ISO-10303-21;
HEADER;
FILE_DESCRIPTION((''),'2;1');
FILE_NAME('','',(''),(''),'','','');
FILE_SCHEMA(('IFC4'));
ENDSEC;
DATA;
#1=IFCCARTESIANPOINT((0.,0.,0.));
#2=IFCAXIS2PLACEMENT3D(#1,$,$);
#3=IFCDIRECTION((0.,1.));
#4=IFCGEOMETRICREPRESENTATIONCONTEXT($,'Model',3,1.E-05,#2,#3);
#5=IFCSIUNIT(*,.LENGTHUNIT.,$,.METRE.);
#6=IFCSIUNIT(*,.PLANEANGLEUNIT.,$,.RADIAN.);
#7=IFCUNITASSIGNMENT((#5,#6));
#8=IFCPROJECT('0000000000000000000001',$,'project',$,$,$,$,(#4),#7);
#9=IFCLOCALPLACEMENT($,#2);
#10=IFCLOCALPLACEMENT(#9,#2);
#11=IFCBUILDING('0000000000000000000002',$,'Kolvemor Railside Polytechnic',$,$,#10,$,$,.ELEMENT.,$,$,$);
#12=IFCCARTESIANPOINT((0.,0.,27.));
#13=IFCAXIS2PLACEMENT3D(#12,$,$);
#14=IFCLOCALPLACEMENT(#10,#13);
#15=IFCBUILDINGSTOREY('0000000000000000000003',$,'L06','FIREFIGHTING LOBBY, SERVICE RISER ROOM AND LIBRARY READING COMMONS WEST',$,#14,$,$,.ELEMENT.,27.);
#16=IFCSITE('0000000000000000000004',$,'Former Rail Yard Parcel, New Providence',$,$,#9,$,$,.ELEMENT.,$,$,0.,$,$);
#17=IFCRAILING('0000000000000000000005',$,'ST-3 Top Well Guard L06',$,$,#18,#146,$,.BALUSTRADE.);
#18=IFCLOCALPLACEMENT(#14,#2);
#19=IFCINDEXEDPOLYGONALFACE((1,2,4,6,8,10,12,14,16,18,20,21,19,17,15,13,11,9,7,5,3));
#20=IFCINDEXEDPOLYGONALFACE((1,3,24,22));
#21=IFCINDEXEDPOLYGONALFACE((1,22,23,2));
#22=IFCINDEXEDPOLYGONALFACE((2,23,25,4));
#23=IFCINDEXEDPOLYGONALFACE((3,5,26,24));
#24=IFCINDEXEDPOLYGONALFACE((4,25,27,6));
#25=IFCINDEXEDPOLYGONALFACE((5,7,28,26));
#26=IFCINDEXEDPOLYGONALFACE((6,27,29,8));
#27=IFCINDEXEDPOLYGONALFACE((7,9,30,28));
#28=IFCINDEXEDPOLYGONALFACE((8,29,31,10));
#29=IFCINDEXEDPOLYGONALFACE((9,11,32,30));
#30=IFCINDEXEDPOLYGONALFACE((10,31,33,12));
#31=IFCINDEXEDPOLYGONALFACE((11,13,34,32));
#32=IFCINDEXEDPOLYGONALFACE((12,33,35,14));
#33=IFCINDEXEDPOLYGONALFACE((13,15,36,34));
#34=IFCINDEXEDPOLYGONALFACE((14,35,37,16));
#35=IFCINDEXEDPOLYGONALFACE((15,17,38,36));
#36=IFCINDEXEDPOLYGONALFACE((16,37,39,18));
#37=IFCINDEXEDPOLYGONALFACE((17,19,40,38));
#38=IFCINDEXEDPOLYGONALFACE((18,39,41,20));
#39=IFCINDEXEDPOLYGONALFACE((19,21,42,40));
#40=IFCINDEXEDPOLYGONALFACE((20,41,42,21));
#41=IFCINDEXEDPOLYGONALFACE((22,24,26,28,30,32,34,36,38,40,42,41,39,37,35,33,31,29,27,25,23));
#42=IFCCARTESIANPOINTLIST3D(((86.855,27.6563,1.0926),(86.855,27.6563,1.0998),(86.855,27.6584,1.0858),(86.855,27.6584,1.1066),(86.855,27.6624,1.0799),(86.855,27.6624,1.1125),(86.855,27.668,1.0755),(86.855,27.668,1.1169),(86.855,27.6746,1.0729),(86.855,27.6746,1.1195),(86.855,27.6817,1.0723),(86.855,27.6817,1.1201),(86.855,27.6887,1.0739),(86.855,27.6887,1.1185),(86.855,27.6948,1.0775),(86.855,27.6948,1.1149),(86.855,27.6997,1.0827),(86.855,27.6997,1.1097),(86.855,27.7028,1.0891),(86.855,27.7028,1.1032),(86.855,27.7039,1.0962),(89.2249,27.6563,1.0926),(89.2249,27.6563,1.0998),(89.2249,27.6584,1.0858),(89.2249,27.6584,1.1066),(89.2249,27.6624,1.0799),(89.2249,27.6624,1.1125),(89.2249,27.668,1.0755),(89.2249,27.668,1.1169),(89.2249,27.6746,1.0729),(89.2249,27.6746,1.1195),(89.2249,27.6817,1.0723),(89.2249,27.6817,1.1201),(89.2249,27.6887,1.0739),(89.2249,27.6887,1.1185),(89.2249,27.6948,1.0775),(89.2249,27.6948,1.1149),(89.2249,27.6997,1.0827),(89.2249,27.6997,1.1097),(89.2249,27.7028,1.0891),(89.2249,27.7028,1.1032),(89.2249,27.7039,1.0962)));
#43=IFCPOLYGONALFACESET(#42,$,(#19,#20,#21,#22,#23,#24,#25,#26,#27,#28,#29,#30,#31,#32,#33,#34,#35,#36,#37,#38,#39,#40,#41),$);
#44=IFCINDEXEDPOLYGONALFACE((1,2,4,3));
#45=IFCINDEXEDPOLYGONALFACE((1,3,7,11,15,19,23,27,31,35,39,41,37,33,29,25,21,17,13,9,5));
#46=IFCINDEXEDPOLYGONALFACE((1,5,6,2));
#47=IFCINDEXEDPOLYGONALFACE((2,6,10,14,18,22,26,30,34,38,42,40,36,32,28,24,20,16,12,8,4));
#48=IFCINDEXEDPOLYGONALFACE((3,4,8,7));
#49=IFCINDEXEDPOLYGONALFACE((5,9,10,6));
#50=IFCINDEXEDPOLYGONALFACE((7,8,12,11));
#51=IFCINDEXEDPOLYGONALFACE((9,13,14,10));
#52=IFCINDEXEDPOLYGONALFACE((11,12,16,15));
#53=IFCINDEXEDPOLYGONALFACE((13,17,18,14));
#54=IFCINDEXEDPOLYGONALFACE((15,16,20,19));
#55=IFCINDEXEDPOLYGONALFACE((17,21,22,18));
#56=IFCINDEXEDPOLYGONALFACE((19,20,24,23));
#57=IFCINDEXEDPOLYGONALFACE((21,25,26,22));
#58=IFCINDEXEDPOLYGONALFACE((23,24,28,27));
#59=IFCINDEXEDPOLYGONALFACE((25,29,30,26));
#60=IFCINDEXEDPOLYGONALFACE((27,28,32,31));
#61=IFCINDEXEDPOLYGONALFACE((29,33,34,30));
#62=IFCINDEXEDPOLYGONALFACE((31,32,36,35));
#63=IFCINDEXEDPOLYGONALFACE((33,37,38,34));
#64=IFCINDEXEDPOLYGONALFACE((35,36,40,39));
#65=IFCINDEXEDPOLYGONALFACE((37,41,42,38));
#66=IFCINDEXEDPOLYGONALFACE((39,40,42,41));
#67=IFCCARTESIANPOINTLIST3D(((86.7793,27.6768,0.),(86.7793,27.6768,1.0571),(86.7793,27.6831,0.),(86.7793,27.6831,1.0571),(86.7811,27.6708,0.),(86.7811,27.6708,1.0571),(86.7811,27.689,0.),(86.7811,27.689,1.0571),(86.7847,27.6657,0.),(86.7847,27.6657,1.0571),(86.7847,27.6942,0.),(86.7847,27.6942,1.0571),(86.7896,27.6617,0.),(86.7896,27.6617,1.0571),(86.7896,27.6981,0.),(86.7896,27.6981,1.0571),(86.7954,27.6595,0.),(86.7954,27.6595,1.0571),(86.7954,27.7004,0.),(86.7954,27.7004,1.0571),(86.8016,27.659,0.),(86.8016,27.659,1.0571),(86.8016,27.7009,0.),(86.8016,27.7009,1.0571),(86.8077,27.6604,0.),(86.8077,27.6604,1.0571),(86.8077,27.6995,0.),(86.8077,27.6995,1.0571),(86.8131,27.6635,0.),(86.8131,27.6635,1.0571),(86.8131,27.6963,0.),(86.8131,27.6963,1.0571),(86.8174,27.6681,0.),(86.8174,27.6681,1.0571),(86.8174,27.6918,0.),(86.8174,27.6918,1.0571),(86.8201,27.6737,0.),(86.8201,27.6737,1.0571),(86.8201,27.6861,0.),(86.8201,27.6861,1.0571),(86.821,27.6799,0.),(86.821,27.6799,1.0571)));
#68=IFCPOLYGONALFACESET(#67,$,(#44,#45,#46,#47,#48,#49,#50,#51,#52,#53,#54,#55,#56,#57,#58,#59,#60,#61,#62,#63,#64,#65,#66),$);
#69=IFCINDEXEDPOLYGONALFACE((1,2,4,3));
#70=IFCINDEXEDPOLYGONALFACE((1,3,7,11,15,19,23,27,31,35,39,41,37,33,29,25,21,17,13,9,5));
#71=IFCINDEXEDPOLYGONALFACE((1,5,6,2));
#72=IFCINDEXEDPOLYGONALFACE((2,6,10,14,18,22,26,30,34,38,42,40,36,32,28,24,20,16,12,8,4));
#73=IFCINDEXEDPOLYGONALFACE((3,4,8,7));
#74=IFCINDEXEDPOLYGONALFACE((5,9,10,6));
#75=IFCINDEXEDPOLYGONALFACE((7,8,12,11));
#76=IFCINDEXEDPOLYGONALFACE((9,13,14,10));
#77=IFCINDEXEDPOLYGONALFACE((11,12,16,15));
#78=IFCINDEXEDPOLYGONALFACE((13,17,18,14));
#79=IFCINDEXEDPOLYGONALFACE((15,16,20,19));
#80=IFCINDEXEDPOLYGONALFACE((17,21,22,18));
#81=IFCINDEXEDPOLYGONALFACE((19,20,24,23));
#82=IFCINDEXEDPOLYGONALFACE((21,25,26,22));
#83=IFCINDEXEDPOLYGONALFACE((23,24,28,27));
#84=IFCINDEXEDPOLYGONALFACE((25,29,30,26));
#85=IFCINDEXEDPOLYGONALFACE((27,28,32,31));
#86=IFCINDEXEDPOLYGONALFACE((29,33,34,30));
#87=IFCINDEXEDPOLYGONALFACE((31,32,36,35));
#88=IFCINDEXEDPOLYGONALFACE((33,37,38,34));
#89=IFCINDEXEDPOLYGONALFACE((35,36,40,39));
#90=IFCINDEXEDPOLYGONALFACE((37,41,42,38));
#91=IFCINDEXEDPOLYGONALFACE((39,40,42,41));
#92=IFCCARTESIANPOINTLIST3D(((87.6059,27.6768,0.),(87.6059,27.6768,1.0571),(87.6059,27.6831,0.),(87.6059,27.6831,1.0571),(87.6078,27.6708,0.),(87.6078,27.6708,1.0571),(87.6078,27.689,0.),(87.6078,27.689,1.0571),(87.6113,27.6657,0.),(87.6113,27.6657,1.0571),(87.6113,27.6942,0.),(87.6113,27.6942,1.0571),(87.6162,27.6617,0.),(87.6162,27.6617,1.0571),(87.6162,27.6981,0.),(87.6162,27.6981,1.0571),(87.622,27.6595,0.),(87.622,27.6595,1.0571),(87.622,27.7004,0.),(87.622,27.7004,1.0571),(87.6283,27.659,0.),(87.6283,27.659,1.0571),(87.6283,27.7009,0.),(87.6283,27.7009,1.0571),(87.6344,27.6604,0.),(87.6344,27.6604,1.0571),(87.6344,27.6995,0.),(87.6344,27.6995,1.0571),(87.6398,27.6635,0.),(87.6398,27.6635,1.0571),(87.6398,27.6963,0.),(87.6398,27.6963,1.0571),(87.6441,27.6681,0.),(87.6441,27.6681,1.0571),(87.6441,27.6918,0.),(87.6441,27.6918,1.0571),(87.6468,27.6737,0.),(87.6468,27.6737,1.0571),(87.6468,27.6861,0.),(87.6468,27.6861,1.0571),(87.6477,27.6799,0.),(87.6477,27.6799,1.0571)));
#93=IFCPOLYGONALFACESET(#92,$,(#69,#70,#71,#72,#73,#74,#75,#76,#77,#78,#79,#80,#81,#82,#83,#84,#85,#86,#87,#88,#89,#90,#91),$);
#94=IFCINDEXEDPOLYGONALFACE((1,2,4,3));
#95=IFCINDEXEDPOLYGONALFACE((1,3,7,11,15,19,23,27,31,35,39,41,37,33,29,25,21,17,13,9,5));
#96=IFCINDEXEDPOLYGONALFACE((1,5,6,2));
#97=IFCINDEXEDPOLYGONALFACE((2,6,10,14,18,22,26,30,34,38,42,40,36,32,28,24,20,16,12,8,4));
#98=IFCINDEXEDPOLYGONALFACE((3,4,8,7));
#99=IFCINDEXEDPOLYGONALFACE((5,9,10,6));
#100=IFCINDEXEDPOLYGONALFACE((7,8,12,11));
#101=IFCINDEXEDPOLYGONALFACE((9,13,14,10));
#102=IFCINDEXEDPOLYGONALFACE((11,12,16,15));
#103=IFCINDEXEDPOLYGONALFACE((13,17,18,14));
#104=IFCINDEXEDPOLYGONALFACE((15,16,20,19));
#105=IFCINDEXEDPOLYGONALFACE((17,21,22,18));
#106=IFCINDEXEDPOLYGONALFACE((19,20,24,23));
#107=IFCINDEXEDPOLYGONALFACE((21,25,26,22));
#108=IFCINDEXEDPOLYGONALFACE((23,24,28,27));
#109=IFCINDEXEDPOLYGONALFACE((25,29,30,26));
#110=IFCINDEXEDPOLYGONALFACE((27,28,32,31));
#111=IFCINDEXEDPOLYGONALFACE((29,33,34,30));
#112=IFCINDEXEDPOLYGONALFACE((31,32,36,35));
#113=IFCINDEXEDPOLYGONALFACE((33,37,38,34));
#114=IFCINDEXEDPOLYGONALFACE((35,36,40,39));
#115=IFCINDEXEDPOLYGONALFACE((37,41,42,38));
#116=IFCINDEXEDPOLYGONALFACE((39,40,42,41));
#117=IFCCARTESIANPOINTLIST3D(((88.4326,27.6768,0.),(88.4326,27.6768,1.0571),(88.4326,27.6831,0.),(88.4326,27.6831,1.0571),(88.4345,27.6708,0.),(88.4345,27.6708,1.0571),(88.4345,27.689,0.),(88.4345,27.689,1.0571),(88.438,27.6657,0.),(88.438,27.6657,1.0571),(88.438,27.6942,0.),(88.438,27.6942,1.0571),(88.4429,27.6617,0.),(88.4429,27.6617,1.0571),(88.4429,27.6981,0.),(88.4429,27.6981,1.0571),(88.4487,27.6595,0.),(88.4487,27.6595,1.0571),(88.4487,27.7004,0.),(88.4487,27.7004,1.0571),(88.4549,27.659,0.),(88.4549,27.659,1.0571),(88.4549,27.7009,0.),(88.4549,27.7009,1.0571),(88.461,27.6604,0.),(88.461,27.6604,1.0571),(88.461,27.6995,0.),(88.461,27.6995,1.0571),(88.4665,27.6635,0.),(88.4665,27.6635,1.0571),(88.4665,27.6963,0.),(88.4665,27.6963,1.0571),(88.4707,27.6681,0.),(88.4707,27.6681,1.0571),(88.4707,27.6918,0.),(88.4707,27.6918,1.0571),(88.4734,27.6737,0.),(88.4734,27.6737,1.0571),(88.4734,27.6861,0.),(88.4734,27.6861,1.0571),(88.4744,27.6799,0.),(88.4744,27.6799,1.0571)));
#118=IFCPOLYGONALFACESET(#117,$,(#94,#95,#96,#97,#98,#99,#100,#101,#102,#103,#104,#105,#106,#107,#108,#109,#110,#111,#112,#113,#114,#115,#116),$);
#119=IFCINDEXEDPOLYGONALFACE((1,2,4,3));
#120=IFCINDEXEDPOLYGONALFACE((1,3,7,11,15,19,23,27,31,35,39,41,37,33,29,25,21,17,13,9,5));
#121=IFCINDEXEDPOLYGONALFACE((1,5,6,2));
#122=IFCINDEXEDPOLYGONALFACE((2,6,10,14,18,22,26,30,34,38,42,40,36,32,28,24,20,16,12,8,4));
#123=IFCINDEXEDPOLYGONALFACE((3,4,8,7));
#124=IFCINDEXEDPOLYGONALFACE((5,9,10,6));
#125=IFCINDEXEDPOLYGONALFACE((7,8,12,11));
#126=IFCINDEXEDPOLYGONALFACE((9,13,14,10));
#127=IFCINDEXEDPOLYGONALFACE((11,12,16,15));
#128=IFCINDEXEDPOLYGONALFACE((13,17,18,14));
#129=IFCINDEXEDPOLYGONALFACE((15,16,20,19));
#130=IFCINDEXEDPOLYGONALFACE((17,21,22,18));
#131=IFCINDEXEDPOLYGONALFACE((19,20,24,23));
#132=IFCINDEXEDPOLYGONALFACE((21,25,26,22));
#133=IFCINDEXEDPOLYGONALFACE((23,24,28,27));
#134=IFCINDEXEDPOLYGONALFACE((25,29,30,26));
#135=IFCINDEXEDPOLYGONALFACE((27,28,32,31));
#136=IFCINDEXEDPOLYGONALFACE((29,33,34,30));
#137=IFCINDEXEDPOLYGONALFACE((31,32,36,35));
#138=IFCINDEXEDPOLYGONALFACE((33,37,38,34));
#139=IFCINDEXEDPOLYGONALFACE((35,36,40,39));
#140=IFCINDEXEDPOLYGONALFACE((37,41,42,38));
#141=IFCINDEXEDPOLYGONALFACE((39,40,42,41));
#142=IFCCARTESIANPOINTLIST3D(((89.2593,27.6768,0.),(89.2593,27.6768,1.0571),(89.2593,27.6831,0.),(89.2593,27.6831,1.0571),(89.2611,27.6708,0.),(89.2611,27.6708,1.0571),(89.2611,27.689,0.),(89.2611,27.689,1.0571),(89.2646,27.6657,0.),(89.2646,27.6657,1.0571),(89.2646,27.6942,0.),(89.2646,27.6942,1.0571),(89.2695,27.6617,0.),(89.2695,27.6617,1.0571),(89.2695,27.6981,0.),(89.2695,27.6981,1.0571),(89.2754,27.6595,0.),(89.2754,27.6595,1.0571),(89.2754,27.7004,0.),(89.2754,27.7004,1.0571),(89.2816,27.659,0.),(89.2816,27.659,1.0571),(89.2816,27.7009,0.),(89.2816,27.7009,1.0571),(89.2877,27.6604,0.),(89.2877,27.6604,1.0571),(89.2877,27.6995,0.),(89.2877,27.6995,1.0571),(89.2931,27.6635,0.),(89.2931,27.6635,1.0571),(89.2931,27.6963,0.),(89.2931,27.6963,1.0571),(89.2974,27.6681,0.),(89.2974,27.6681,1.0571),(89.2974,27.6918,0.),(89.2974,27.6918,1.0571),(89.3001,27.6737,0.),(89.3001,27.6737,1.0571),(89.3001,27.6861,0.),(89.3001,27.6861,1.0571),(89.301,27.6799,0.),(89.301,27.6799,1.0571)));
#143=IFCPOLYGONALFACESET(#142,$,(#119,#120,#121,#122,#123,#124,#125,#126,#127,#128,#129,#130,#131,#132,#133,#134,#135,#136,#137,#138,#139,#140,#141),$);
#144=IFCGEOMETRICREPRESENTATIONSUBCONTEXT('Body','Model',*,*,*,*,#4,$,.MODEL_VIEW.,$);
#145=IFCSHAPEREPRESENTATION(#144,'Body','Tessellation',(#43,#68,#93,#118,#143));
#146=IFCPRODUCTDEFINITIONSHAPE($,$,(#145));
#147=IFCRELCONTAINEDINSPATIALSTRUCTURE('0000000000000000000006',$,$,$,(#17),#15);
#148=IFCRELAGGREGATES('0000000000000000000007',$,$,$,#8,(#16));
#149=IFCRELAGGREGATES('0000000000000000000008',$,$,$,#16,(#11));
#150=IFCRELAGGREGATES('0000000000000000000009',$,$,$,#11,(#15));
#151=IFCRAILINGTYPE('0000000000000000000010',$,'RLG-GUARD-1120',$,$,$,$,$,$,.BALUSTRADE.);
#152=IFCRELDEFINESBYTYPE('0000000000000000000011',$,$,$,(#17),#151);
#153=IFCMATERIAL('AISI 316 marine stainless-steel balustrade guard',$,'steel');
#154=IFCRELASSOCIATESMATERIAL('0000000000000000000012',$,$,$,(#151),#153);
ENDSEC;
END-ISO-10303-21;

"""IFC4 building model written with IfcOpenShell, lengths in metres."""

from ifc_helpers import new_model, si_unit, direction, frame, origin, origin_2d, place, context, subcontext, project, spatial, circle, extrude, material, type_object, element, save


model = new_model("IFC4")

# Units and contexts
model_context = context("Model", 3, precision=1e-05, world=origin(), true_north=direction((0.0, 1.0)))
body_context = subcontext(model_context, "Body", "Model", "MODEL_VIEW")
ifc_project = project(units=[si_unit("LENGTHUNIT", "METRE"), si_unit("PLANEANGLEUNIT", "RADIAN")], contexts=[model_context])

# Site, building, storey
site_placement = place(None, origin())
site = spatial("IfcSite", under=ifc_project, at=site_placement, Name="Former Rail Yard Parcel, New Providence", CompositionType="ELEMENT", RefElevation=0.0)
building_placement = place(site_placement, origin())
building = spatial("IfcBuilding", under=site, at=building_placement, Name="Kolvemor Railside Polytechnic", CompositionType="ELEMENT")
storey_placement = place(building_placement, frame((0.0, 0.0, 27.0)))
storey = spatial("IfcBuildingStorey", under=building, at=storey_placement, Name="L06", Description="FIREFIGHTING LOBBY, SERVICE RISER ROOM AND LIBRARY READING COMMONS WEST", CompositionType="ELEMENT", Elevation=27.0)

# Railing
ifc_material_1 = material(Name="AISI 316 marine stainless-steel balustrade guard", Category="steel")
railing_type = type_object("IfcRailingType", Name="RLG-GUARD-1120", PredefinedType="BALUSTRADE", material=ifc_material_1)
railing_placement = place(storey_placement, frame((86.8, 27.6799, 0.0)))
element("IfcRailing", 1, at=railing_placement, inside=storey, type_object=railing_type, Name="ST-3 Top Well Guard L06", PredefinedType="BALUSTRADE", context=body_context, shape_type="SweptSolid", body=[
    extrude(circle(Radius=0.0239, at=origin_2d()), frame((0.0549, 0.0, 1.0962), z_axis=(1.0, 0.0, 0.0), x_axis=(0.0, 1.0, 0.0)), (0.0, 0.0, 1.0), 2.3699),
    extrude(circle(Radius=0.021, at=origin_2d()), origin(), (0.0, 0.0, 1.0), 1.0571),
    extrude(circle(Radius=0.021, at=origin_2d()), frame((0.8267, 0.0, 0.0)), (0.0, 0.0, 1.0), 1.0571),
    extrude(circle(Radius=0.021, at=origin_2d()), frame((1.6533, 0.0, 0.0)), (0.0, 0.0, 1.0), 1.0571),
    extrude(circle(Radius=0.021, at=origin_2d()), frame((2.48, 0.0, 0.0)), (0.0, 0.0, 1.0), 1.0571),
])

save(model, "model.ifc")
